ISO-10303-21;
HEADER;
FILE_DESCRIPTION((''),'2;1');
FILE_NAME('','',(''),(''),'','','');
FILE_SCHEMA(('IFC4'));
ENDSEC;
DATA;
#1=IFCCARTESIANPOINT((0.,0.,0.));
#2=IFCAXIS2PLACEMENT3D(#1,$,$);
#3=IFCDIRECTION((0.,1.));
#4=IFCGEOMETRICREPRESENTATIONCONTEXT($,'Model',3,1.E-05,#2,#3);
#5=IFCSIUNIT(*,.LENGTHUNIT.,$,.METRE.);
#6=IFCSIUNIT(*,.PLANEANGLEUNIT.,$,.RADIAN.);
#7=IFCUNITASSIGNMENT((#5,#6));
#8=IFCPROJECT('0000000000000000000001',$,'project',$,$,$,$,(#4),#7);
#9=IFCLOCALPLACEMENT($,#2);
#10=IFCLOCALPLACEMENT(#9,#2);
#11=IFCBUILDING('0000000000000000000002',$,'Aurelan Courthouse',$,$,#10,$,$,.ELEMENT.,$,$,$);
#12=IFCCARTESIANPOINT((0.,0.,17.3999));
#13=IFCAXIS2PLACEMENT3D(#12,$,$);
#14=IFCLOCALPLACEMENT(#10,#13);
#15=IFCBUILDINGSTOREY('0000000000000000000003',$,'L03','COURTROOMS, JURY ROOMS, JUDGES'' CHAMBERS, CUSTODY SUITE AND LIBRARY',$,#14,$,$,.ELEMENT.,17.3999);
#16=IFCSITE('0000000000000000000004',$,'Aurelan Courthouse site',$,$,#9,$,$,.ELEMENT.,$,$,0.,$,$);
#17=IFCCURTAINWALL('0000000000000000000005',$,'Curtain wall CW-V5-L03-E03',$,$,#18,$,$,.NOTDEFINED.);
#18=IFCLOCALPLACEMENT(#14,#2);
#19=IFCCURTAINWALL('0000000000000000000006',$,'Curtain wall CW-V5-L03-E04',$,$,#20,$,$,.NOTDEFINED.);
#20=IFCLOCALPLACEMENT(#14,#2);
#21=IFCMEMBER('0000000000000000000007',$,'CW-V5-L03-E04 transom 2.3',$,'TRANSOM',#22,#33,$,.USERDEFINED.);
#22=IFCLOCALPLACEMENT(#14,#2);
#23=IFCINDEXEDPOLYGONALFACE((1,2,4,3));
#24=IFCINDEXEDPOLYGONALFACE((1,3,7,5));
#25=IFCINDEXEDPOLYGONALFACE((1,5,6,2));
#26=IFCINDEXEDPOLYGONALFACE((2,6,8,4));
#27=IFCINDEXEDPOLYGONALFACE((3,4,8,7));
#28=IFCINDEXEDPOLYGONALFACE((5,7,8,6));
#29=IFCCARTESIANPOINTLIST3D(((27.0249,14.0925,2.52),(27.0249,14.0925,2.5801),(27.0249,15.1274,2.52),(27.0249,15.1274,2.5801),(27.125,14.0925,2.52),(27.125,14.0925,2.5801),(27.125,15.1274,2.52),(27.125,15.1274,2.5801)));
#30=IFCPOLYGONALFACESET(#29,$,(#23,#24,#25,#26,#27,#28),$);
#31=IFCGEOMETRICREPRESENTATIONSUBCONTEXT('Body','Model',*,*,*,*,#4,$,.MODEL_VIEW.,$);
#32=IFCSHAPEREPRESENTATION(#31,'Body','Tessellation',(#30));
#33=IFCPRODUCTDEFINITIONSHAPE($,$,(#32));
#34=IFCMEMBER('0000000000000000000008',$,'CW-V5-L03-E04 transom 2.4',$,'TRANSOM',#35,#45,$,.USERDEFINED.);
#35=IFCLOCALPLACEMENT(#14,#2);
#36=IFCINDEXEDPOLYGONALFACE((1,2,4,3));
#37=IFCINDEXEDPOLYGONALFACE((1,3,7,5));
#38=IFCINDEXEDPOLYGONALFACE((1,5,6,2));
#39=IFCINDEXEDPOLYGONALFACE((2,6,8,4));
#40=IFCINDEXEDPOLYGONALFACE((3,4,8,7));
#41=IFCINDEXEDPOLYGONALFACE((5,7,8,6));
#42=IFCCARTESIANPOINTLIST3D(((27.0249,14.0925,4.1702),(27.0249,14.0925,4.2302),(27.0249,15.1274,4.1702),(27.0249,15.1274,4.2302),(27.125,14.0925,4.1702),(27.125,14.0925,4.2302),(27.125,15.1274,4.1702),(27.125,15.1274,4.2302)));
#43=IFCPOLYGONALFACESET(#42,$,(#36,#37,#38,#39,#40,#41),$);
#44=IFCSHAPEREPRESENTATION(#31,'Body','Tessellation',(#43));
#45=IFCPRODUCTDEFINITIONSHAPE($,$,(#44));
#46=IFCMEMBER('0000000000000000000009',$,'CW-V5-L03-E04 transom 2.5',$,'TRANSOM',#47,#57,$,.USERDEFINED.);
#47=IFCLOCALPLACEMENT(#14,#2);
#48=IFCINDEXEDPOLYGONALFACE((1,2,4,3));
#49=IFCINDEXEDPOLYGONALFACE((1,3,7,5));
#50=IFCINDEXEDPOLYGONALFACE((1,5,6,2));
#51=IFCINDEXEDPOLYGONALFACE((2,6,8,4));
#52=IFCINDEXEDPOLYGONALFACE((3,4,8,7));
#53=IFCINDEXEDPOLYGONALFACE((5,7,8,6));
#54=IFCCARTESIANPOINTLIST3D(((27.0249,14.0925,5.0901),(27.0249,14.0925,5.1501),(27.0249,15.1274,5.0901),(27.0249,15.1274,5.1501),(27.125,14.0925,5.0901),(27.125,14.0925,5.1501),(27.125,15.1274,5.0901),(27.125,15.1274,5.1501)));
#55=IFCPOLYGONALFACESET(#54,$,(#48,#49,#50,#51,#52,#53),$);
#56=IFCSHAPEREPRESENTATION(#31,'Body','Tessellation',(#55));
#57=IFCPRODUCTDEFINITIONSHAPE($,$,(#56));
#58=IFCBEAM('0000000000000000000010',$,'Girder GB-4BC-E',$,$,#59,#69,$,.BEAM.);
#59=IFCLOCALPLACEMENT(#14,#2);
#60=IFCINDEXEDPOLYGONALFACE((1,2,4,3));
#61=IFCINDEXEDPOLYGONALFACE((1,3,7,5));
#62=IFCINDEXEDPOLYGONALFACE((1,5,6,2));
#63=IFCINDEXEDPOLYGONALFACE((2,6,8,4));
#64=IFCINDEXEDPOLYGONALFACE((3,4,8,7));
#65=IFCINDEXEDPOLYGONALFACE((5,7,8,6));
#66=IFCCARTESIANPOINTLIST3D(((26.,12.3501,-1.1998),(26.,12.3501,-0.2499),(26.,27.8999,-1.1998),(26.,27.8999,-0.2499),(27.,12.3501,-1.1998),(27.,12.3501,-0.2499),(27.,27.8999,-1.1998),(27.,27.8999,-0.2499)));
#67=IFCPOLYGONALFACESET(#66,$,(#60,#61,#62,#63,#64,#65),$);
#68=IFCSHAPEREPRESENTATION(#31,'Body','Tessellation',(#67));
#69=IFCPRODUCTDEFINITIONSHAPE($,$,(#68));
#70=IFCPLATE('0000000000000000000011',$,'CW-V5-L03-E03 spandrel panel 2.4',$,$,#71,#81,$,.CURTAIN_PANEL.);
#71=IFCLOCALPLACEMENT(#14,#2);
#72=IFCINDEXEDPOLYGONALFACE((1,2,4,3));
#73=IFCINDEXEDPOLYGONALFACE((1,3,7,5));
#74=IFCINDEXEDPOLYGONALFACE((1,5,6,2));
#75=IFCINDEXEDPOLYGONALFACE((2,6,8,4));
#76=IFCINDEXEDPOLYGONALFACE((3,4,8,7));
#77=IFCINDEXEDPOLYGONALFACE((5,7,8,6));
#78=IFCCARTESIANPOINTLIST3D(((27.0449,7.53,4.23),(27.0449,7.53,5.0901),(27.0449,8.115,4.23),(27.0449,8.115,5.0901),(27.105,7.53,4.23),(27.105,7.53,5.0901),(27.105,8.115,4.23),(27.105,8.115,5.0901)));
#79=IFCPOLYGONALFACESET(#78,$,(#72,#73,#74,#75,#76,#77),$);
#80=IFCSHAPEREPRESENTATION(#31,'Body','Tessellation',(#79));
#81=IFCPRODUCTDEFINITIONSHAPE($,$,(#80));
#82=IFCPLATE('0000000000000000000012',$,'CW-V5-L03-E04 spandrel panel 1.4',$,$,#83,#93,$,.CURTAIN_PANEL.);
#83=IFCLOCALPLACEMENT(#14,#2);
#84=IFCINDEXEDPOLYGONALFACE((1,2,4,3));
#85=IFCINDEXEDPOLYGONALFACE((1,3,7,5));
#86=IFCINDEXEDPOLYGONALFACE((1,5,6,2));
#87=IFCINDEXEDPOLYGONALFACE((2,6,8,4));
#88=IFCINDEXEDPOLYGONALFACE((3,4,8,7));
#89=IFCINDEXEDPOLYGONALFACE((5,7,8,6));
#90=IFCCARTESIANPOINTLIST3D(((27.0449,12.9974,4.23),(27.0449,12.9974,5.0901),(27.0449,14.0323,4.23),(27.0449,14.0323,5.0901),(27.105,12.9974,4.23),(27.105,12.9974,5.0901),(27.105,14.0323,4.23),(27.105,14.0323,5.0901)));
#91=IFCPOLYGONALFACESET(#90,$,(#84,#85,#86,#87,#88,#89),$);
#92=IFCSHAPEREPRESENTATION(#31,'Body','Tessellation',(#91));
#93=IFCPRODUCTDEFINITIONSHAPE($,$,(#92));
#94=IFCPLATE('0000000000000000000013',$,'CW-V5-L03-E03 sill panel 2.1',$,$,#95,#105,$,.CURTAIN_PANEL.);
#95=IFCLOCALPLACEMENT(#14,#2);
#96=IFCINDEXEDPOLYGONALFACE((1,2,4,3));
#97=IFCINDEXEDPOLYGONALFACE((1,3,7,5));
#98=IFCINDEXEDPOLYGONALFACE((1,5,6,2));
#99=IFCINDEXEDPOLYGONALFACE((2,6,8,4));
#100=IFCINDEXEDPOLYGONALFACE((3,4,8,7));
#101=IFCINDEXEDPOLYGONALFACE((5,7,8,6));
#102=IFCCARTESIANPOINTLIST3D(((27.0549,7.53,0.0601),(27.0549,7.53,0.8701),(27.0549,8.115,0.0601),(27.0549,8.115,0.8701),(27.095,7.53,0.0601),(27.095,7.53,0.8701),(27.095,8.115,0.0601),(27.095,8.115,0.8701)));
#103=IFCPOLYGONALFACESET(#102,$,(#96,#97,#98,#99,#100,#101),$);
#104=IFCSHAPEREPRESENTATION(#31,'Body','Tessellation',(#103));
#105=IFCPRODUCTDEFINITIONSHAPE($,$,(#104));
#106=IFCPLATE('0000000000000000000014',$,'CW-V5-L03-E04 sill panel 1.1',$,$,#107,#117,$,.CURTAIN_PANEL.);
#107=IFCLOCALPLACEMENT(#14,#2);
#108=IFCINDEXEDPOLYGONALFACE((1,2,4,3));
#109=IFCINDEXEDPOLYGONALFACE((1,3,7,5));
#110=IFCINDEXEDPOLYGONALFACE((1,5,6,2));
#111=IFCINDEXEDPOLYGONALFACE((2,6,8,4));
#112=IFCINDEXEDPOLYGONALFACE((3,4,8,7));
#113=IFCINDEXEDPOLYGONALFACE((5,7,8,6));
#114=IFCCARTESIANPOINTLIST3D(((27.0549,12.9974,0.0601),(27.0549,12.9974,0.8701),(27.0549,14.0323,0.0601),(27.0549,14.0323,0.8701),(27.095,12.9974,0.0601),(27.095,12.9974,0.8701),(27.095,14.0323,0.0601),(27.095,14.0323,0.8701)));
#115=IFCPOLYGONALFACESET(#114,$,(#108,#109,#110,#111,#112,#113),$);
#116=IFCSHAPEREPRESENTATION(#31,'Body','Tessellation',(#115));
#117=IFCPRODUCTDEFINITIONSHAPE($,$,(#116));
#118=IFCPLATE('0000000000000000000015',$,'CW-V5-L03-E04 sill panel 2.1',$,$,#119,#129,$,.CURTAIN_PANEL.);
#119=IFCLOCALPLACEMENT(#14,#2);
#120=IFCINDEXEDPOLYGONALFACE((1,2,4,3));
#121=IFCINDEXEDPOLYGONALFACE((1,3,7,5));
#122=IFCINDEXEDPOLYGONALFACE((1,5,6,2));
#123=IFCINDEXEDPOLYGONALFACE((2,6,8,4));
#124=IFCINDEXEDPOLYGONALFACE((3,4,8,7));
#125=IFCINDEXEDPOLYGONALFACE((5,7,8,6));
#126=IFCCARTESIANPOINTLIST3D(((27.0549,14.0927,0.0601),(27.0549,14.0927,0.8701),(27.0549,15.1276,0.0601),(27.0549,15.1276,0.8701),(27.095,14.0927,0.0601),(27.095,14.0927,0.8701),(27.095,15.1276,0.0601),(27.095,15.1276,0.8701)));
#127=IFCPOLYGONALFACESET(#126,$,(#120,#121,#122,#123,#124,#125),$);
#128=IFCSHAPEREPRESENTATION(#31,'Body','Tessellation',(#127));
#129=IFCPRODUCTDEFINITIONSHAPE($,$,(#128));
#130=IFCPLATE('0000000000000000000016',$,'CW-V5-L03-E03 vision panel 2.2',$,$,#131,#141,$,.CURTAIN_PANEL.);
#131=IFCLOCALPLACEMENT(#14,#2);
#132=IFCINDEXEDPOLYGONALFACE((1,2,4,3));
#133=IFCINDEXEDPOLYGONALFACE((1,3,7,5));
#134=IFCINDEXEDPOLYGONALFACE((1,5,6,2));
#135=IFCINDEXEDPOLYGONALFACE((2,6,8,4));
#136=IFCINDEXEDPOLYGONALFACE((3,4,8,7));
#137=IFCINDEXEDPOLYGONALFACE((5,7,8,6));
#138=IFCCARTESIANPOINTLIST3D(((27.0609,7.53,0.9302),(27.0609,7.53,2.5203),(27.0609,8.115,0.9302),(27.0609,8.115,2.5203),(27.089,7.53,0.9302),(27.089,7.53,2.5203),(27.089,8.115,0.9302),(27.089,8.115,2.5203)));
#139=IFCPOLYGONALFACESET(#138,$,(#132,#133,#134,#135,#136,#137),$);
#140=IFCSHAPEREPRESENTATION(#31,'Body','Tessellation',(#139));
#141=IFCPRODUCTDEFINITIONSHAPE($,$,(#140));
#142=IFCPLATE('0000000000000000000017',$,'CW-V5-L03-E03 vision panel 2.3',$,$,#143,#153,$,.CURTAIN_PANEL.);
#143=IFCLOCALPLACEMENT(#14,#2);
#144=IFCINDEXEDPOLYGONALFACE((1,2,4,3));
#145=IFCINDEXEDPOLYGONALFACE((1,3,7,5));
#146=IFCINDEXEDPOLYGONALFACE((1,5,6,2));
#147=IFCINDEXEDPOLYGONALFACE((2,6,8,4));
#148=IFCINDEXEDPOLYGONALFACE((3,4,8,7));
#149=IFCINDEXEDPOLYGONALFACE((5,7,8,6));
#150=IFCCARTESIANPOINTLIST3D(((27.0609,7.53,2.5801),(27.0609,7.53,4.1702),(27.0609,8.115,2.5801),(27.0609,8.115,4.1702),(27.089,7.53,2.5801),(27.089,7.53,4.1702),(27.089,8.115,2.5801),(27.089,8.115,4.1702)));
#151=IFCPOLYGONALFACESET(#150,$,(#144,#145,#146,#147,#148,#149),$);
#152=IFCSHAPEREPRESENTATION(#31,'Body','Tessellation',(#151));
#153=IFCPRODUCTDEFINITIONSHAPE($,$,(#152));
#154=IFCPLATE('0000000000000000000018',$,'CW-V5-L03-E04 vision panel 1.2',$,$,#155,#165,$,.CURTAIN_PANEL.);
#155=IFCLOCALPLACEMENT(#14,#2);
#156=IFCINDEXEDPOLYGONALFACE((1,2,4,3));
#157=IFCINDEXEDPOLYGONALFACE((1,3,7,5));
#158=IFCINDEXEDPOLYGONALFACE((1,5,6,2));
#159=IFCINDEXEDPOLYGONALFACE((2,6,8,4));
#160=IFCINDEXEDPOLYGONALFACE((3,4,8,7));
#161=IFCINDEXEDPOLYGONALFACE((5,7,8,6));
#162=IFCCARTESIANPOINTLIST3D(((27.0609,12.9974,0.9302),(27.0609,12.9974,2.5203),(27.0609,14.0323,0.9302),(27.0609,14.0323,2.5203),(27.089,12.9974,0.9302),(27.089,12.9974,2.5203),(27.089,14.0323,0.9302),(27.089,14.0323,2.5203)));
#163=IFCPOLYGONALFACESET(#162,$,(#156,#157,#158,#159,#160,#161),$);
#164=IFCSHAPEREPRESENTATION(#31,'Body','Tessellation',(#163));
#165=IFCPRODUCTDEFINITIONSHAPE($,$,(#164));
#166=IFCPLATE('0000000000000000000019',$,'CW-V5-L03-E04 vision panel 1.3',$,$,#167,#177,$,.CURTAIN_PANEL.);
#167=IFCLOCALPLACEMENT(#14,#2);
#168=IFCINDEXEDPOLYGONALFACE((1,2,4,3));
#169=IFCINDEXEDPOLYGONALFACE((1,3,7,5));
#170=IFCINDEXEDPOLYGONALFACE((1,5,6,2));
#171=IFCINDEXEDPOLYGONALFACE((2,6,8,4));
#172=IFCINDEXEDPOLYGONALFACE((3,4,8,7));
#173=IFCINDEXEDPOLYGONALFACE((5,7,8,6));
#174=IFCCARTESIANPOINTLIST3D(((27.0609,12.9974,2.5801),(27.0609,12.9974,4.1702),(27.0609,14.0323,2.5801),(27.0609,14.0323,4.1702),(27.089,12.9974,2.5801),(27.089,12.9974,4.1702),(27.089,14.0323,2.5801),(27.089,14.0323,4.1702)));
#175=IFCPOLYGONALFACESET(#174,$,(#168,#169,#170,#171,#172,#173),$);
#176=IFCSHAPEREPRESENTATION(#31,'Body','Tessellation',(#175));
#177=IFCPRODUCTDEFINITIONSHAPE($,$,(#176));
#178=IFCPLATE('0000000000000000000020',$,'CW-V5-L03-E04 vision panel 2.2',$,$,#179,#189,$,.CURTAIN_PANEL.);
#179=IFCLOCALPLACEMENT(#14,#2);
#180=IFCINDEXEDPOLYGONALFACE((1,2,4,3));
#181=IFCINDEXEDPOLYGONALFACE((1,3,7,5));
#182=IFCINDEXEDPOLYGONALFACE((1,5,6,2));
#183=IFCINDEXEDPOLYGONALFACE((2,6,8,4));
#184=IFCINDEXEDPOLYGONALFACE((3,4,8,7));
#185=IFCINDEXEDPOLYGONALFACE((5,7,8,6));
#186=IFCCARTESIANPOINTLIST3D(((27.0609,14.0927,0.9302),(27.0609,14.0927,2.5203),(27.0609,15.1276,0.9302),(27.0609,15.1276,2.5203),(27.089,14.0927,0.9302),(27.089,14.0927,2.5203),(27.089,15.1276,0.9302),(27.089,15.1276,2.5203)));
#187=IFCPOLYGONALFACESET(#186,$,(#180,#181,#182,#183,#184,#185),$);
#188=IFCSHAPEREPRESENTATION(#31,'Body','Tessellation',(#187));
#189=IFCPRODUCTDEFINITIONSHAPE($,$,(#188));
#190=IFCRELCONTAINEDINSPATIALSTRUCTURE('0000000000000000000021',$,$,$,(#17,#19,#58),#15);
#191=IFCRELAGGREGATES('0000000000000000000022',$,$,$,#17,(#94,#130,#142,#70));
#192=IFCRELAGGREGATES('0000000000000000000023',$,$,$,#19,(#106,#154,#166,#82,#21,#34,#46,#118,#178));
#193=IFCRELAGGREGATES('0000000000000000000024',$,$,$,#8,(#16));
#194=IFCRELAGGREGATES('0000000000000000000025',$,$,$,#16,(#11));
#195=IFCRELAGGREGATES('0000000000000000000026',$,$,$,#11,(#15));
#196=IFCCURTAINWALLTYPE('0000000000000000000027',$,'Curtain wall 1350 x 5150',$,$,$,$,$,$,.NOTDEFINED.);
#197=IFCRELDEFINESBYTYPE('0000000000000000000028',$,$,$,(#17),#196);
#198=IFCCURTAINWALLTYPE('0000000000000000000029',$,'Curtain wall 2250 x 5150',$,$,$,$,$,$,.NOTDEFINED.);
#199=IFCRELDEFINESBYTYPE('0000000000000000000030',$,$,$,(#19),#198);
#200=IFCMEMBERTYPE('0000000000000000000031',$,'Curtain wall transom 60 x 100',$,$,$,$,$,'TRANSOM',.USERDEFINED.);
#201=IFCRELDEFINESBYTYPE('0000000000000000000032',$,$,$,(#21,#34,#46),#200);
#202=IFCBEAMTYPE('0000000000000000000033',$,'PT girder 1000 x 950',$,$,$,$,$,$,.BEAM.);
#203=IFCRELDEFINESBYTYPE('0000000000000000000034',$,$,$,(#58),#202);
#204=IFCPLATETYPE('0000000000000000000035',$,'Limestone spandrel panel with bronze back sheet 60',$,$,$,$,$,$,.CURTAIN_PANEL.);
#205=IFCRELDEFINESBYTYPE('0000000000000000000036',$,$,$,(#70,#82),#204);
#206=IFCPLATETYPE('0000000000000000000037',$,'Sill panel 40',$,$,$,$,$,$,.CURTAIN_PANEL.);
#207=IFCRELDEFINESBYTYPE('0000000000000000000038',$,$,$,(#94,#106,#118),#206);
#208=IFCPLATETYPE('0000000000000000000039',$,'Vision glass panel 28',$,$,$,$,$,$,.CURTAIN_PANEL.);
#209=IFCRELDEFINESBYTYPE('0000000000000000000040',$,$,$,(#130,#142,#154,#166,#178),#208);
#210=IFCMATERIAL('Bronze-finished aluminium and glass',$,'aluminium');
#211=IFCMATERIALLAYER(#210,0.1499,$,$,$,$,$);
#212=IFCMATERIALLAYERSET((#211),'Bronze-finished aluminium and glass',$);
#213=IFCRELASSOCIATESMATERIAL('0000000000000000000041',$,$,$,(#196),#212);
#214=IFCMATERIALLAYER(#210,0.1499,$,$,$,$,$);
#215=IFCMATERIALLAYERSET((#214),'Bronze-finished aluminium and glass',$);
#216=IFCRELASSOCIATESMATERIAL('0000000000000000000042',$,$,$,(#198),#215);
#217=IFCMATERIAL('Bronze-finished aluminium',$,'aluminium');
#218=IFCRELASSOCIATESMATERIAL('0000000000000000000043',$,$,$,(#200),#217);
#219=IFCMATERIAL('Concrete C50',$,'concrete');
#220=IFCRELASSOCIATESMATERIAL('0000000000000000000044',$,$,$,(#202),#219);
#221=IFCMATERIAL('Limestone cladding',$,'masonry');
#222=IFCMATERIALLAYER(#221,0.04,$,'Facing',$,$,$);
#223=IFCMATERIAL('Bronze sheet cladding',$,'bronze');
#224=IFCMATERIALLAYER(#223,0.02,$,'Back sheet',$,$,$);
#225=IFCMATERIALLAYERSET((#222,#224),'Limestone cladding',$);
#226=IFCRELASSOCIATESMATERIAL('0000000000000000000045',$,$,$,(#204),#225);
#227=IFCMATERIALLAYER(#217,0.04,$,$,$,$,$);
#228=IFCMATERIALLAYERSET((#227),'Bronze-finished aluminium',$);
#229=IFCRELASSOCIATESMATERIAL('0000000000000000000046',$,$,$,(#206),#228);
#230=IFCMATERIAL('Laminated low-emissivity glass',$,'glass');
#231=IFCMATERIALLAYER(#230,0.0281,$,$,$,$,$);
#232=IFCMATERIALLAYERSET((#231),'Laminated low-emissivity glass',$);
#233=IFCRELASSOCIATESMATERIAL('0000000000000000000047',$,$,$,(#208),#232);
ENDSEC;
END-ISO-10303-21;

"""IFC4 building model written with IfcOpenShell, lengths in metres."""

from ifc_helpers import new_model, si_unit, direction, frame, origin, origin_2d, place, context, subcontext, project, spatial, rectangle, extrude, material, layer, layer_set, material_profile, profile_set, type_object, element, aggregate, save


model = new_model("IFC4")

# Units and contexts
model_context = context("Model", 3, precision=1e-05, world=origin(), true_north=direction((0.0, 1.0)))
body_context = subcontext(model_context, "Body", "Model", "MODEL_VIEW")
ifc_project = project(units=[si_unit("LENGTHUNIT", "METRE"), si_unit("PLANEANGLEUNIT", "RADIAN")], contexts=[model_context])

# Site, building, storey
site_placement = place(None, origin())
site = spatial("IfcSite", under=ifc_project, at=site_placement, Name="Aurelan Courthouse site", CompositionType="ELEMENT", RefElevation=0.0)
building_placement = place(site_placement, origin())
building = spatial("IfcBuilding", under=site, at=building_placement, Name="Aurelan Courthouse", CompositionType="ELEMENT")
storey_placement = place(building_placement, frame((0.0, 0.0, 17.3999)))
storey = spatial("IfcBuildingStorey", under=building, at=storey_placement, Name="L03", Description="COURTROOMS, JURY ROOMS, JUDGES' CHAMBERS, CUSTODY SUITE AND LIBRARY", CompositionType="ELEMENT", Elevation=17.3999)

# Shared definitions
ifc_material_1 = material(Name="Concrete C50", Category="concrete")

# Curtain wall
ifc_material_2 = material(Name="Bronze-finished aluminium and glass", Category="aluminium")
ifc_layer_1 = layer(ifc_material_2, 0.1499)
ifc_layer_set_1 = layer_set([ifc_layer_1], Name="Bronze-finished aluminium and glass")
curtain_wall_type_1 = type_object("IfcCurtainWallType", Name="Curtain wall 1350 x 5150", PredefinedType="NOTDEFINED", material=ifc_layer_set_1)
curtain_wall_1_placement = place(storey_placement, origin())
curtain_wall_1 = element("IfcCurtainWall", 1, at=curtain_wall_1_placement, inside=storey, type_object=curtain_wall_type_1, Name="Curtain wall CW-V5-L03-E03", PredefinedType="NOTDEFINED")
ifc_material_3 = material(Name="Bronze-finished aluminium", Category="aluminium")

# Curtain wall
ifc_layer_2 = layer(ifc_material_2, 0.1499)
ifc_layer_set_2 = layer_set([ifc_layer_2], Name="Bronze-finished aluminium and glass")
curtain_wall_type_2 = type_object("IfcCurtainWallType", Name="Curtain wall 2250 x 5150", PredefinedType="NOTDEFINED", material=ifc_layer_set_2)
curtain_wall_2_placement = place(storey_placement, origin())
curtain_wall_2 = element("IfcCurtainWall", 2, at=curtain_wall_2_placement, inside=storey, type_object=curtain_wall_type_2, Name="Curtain wall CW-V5-L03-E04", PredefinedType="NOTDEFINED")

# Members
ifc_material_profile_1 = material_profile(ifc_material_3, rectangle(XDim=0.1001, YDim=0.0601, at=origin_2d()), Name="Bronze transom 60 x 100")
ifc_profile_set_1 = profile_set([ifc_material_profile_1], Name="Bronze-finished aluminium")
member_type_1 = type_object("IfcMemberType", Name="Curtain wall transom 60 x 100", ElementType="TRANSOM", PredefinedType="USERDEFINED", material=ifc_profile_set_1)
member_1_placement = place(storey_placement, frame((27.075, 14.0925, 2.55), z_axis=(0.0, 1.0, 0.0), x_axis=(-1.0, 0.0, 0.0)))
member_1 = element("IfcMember", 3, at=member_1_placement, type_object=member_type_1, Name="CW-V5-L03-E04 transom 2.3", ObjectType="TRANSOM", PredefinedType="USERDEFINED", context=body_context, shape_type="SweptSolid", body=[
    extrude(rectangle(XDim=0.1001, YDim=0.0601, at=origin_2d()), origin(), (0.0, 0.0, 1.0), 1.0349),
])
member_2_placement = place(storey_placement, frame((27.075, 14.0925, 4.2002), z_axis=(0.0, 1.0, 0.0), x_axis=(-1.0, 0.0, 0.0)))
member_2 = element("IfcMember", 4, at=member_2_placement, type_object=member_type_1, Name="CW-V5-L03-E04 transom 2.4", ObjectType="TRANSOM", PredefinedType="USERDEFINED", context=body_context, shape_type="SweptSolid", body=[
    extrude(rectangle(XDim=0.1001, YDim=0.0601, at=origin_2d()), origin(), (0.0, 0.0, 1.0), 1.0349),
])
member_3_placement = place(storey_placement, frame((27.075, 14.0925, 5.1201), z_axis=(0.0, 1.0, 0.0), x_axis=(-1.0, 0.0, 0.0)))
member_3 = element("IfcMember", 5, at=member_3_placement, type_object=member_type_1, Name="CW-V5-L03-E04 transom 2.5", ObjectType="TRANSOM", PredefinedType="USERDEFINED", context=body_context, shape_type="SweptSolid", body=[
    extrude(rectangle(XDim=0.1001, YDim=0.0601, at=origin_2d()), origin(), (0.0, 0.0, 1.0), 1.0349),
])

# Beam
ifc_material_profile_2 = material_profile(ifc_material_1, rectangle(XDim=1.0, YDim=0.95, at=origin_2d()), Name="RC 1000 x 950")
ifc_profile_set_2 = profile_set([ifc_material_profile_2], Name="Concrete C50")
beam_type = type_object("IfcBeamType", Name="PT girder 1000 x 950", PredefinedType="BEAM", material=ifc_profile_set_2)
beam_placement = place(storey_placement, frame((26.5, 12.3501, -0.7249), z_axis=(0.0, 1.0, 0.0), x_axis=(-1.0, 0.0, 0.0)))
element("IfcBeam", 6, at=beam_placement, inside=storey, type_object=beam_type, Name="Girder GB-4BC-E", PredefinedType="BEAM", context=body_context, shape_type="SweptSolid", body=[
    extrude(rectangle(XDim=1.0, YDim=0.95, at=origin_2d()), origin(), (0.0, 0.0, 1.0), 15.5498),
])

# Plates
ifc_material_4 = material(Name="Limestone cladding", Category="masonry")
ifc_layer_3 = layer(ifc_material_4, 0.04, Name="Facing")
ifc_material_5 = material(Name="Bronze sheet cladding", Category="bronze")
ifc_layer_4 = layer(ifc_material_5, 0.02, Name="Back sheet")
ifc_layer_set_3 = layer_set([ifc_layer_3, ifc_layer_4], Name="Limestone cladding")
plate_type_1 = type_object("IfcPlateType", Name="Limestone spandrel panel with bronze back sheet 60", PredefinedType="CURTAIN_PANEL", material=ifc_layer_set_3)
plate_1_placement = place(storey_placement, frame((27.075, 7.8225, 4.23), z_axis=(0.0, 0.0, 1.0), x_axis=(0.0, 1.0, 0.0)))
plate_1 = element("IfcPlate", 7, at=plate_1_placement, type_object=plate_type_1, Name="CW-V5-L03-E03 spandrel panel 2.4", PredefinedType="CURTAIN_PANEL", context=body_context, shape_type="SweptSolid", body=[
    extrude(rectangle(XDim=0.585, YDim=0.0601, at=origin_2d()), origin(), (0.0, 0.0, 1.0), 0.8601),
])
plate_2_placement = place(storey_placement, frame((27.075, 13.5149, 4.23), z_axis=(0.0, 0.0, 1.0), x_axis=(0.0, 1.0, 0.0)))
plate_2 = element("IfcPlate", 8, at=plate_2_placement, type_object=plate_type_1, Name="CW-V5-L03-E04 spandrel panel 1.4", PredefinedType="CURTAIN_PANEL", context=body_context, shape_type="SweptSolid", body=[
    extrude(rectangle(XDim=1.0349, YDim=0.0601, at=origin_2d()), origin(), (0.0, 0.0, 1.0), 0.8601),
])
ifc_layer_5 = layer(ifc_material_3, 0.04)
ifc_layer_set_4 = layer_set([ifc_layer_5], Name="Bronze-finished aluminium")
plate_type_2 = type_object("IfcPlateType", Name="Sill panel 40", PredefinedType="CURTAIN_PANEL", material=ifc_layer_set_4)
plate_3_placement = place(storey_placement, frame((27.075, 7.8225, 0.0601), z_axis=(0.0, 0.0, 1.0), x_axis=(0.0, 1.0, 0.0)))
plate_3 = element("IfcPlate", 9, at=plate_3_placement, type_object=plate_type_2, Name="CW-V5-L03-E03 sill panel 2.1", PredefinedType="CURTAIN_PANEL", context=body_context, shape_type="SweptSolid", body=[
    extrude(rectangle(XDim=0.585, YDim=0.04, at=origin_2d()), origin(), (0.0, 0.0, 1.0), 0.8101),
])
plate_4_placement = place(storey_placement, frame((27.075, 13.5149, 0.0601), z_axis=(0.0, 0.0, 1.0), x_axis=(0.0, 1.0, 0.0)))
plate_4 = element("IfcPlate", 10, at=plate_4_placement, type_object=plate_type_2, Name="CW-V5-L03-E04 sill panel 1.1", PredefinedType="CURTAIN_PANEL", context=body_context, shape_type="SweptSolid", body=[
    extrude(rectangle(XDim=1.0349, YDim=0.04, at=origin_2d()), origin(), (0.0, 0.0, 1.0), 0.8101),
])
plate_5_placement = place(storey_placement, frame((27.075, 14.6101, 0.0601), z_axis=(0.0, 0.0, 1.0), x_axis=(0.0, 1.0, 0.0)))
plate_5 = element("IfcPlate", 11, at=plate_5_placement, type_object=plate_type_2, Name="CW-V5-L03-E04 sill panel 2.1", PredefinedType="CURTAIN_PANEL", context=body_context, shape_type="SweptSolid", body=[
    extrude(rectangle(XDim=1.0349, YDim=0.04, at=origin_2d()), origin(), (0.0, 0.0, 1.0), 0.8101),
])
ifc_material_6 = material(Name="Laminated low-emissivity glass", Category="glass")
ifc_layer_6 = layer(ifc_material_6, 0.0281)
ifc_layer_set_5 = layer_set([ifc_layer_6], Name="Laminated low-emissivity glass")
plate_type_3 = type_object("IfcPlateType", Name="Vision glass panel 28", PredefinedType="CURTAIN_PANEL", material=ifc_layer_set_5)
plate_6_placement = place(storey_placement, frame((27.075, 7.8225, 0.9302), z_axis=(0.0, 0.0, 1.0), x_axis=(0.0, 1.0, 0.0)))
plate_6 = element("IfcPlate", 12, at=plate_6_placement, type_object=plate_type_3, Name="CW-V5-L03-E03 vision panel 2.2", PredefinedType="CURTAIN_PANEL", context=body_context, shape_type="SweptSolid", body=[
    extrude(rectangle(XDim=0.585, YDim=0.0281, at=origin_2d()), origin(), (0.0, 0.0, 1.0), 1.5901),
])
plate_7_placement = place(storey_placement, frame((27.075, 7.8225, 2.5801), z_axis=(0.0, 0.0, 1.0), x_axis=(0.0, 1.0, 0.0)))
plate_7 = element("IfcPlate", 13, at=plate_7_placement, type_object=plate_type_3, Name="CW-V5-L03-E03 vision panel 2.3", PredefinedType="CURTAIN_PANEL", context=body_context, shape_type="SweptSolid", body=[
    extrude(rectangle(XDim=0.585, YDim=0.0281, at=origin_2d()), origin(), (0.0, 0.0, 1.0), 1.5901),
])
aggregate(curtain_wall_1, [plate_3, plate_6, plate_7, plate_1])
plate_8_placement = place(storey_placement, frame((27.075, 13.5149, 0.9302), z_axis=(0.0, 0.0, 1.0), x_axis=(0.0, 1.0, 0.0)))
plate_8 = element("IfcPlate", 14, at=plate_8_placement, type_object=plate_type_3, Name="CW-V5-L03-E04 vision panel 1.2", PredefinedType="CURTAIN_PANEL", context=body_context, shape_type="SweptSolid", body=[
    extrude(rectangle(XDim=1.0349, YDim=0.0281, at=origin_2d()), origin(), (0.0, 0.0, 1.0), 1.5901),
])
plate_9_placement = place(storey_placement, frame((27.075, 13.5149, 2.5801), z_axis=(0.0, 0.0, 1.0), x_axis=(0.0, 1.0, 0.0)))
plate_9 = element("IfcPlate", 15, at=plate_9_placement, type_object=plate_type_3, Name="CW-V5-L03-E04 vision panel 1.3", PredefinedType="CURTAIN_PANEL", context=body_context, shape_type="SweptSolid", body=[
    extrude(rectangle(XDim=1.0349, YDim=0.0281, at=origin_2d()), origin(), (0.0, 0.0, 1.0), 1.5901),
])
plate_10_placement = place(storey_placement, frame((27.075, 14.6101, 0.9302), z_axis=(0.0, 0.0, 1.0), x_axis=(0.0, 1.0, 0.0)))
plate_10 = element("IfcPlate", 16, at=plate_10_placement, type_object=plate_type_3, Name="CW-V5-L03-E04 vision panel 2.2", PredefinedType="CURTAIN_PANEL", context=body_context, shape_type="SweptSolid", body=[
    extrude(rectangle(XDim=1.0349, YDim=0.0281, at=origin_2d()), origin(), (0.0, 0.0, 1.0), 1.5901),
])
aggregate(curtain_wall_2, [plate_4, plate_8, plate_9, plate_2, member_1, member_2, member_3, plate_5, plate_10])

save(model, "model.ifc")
